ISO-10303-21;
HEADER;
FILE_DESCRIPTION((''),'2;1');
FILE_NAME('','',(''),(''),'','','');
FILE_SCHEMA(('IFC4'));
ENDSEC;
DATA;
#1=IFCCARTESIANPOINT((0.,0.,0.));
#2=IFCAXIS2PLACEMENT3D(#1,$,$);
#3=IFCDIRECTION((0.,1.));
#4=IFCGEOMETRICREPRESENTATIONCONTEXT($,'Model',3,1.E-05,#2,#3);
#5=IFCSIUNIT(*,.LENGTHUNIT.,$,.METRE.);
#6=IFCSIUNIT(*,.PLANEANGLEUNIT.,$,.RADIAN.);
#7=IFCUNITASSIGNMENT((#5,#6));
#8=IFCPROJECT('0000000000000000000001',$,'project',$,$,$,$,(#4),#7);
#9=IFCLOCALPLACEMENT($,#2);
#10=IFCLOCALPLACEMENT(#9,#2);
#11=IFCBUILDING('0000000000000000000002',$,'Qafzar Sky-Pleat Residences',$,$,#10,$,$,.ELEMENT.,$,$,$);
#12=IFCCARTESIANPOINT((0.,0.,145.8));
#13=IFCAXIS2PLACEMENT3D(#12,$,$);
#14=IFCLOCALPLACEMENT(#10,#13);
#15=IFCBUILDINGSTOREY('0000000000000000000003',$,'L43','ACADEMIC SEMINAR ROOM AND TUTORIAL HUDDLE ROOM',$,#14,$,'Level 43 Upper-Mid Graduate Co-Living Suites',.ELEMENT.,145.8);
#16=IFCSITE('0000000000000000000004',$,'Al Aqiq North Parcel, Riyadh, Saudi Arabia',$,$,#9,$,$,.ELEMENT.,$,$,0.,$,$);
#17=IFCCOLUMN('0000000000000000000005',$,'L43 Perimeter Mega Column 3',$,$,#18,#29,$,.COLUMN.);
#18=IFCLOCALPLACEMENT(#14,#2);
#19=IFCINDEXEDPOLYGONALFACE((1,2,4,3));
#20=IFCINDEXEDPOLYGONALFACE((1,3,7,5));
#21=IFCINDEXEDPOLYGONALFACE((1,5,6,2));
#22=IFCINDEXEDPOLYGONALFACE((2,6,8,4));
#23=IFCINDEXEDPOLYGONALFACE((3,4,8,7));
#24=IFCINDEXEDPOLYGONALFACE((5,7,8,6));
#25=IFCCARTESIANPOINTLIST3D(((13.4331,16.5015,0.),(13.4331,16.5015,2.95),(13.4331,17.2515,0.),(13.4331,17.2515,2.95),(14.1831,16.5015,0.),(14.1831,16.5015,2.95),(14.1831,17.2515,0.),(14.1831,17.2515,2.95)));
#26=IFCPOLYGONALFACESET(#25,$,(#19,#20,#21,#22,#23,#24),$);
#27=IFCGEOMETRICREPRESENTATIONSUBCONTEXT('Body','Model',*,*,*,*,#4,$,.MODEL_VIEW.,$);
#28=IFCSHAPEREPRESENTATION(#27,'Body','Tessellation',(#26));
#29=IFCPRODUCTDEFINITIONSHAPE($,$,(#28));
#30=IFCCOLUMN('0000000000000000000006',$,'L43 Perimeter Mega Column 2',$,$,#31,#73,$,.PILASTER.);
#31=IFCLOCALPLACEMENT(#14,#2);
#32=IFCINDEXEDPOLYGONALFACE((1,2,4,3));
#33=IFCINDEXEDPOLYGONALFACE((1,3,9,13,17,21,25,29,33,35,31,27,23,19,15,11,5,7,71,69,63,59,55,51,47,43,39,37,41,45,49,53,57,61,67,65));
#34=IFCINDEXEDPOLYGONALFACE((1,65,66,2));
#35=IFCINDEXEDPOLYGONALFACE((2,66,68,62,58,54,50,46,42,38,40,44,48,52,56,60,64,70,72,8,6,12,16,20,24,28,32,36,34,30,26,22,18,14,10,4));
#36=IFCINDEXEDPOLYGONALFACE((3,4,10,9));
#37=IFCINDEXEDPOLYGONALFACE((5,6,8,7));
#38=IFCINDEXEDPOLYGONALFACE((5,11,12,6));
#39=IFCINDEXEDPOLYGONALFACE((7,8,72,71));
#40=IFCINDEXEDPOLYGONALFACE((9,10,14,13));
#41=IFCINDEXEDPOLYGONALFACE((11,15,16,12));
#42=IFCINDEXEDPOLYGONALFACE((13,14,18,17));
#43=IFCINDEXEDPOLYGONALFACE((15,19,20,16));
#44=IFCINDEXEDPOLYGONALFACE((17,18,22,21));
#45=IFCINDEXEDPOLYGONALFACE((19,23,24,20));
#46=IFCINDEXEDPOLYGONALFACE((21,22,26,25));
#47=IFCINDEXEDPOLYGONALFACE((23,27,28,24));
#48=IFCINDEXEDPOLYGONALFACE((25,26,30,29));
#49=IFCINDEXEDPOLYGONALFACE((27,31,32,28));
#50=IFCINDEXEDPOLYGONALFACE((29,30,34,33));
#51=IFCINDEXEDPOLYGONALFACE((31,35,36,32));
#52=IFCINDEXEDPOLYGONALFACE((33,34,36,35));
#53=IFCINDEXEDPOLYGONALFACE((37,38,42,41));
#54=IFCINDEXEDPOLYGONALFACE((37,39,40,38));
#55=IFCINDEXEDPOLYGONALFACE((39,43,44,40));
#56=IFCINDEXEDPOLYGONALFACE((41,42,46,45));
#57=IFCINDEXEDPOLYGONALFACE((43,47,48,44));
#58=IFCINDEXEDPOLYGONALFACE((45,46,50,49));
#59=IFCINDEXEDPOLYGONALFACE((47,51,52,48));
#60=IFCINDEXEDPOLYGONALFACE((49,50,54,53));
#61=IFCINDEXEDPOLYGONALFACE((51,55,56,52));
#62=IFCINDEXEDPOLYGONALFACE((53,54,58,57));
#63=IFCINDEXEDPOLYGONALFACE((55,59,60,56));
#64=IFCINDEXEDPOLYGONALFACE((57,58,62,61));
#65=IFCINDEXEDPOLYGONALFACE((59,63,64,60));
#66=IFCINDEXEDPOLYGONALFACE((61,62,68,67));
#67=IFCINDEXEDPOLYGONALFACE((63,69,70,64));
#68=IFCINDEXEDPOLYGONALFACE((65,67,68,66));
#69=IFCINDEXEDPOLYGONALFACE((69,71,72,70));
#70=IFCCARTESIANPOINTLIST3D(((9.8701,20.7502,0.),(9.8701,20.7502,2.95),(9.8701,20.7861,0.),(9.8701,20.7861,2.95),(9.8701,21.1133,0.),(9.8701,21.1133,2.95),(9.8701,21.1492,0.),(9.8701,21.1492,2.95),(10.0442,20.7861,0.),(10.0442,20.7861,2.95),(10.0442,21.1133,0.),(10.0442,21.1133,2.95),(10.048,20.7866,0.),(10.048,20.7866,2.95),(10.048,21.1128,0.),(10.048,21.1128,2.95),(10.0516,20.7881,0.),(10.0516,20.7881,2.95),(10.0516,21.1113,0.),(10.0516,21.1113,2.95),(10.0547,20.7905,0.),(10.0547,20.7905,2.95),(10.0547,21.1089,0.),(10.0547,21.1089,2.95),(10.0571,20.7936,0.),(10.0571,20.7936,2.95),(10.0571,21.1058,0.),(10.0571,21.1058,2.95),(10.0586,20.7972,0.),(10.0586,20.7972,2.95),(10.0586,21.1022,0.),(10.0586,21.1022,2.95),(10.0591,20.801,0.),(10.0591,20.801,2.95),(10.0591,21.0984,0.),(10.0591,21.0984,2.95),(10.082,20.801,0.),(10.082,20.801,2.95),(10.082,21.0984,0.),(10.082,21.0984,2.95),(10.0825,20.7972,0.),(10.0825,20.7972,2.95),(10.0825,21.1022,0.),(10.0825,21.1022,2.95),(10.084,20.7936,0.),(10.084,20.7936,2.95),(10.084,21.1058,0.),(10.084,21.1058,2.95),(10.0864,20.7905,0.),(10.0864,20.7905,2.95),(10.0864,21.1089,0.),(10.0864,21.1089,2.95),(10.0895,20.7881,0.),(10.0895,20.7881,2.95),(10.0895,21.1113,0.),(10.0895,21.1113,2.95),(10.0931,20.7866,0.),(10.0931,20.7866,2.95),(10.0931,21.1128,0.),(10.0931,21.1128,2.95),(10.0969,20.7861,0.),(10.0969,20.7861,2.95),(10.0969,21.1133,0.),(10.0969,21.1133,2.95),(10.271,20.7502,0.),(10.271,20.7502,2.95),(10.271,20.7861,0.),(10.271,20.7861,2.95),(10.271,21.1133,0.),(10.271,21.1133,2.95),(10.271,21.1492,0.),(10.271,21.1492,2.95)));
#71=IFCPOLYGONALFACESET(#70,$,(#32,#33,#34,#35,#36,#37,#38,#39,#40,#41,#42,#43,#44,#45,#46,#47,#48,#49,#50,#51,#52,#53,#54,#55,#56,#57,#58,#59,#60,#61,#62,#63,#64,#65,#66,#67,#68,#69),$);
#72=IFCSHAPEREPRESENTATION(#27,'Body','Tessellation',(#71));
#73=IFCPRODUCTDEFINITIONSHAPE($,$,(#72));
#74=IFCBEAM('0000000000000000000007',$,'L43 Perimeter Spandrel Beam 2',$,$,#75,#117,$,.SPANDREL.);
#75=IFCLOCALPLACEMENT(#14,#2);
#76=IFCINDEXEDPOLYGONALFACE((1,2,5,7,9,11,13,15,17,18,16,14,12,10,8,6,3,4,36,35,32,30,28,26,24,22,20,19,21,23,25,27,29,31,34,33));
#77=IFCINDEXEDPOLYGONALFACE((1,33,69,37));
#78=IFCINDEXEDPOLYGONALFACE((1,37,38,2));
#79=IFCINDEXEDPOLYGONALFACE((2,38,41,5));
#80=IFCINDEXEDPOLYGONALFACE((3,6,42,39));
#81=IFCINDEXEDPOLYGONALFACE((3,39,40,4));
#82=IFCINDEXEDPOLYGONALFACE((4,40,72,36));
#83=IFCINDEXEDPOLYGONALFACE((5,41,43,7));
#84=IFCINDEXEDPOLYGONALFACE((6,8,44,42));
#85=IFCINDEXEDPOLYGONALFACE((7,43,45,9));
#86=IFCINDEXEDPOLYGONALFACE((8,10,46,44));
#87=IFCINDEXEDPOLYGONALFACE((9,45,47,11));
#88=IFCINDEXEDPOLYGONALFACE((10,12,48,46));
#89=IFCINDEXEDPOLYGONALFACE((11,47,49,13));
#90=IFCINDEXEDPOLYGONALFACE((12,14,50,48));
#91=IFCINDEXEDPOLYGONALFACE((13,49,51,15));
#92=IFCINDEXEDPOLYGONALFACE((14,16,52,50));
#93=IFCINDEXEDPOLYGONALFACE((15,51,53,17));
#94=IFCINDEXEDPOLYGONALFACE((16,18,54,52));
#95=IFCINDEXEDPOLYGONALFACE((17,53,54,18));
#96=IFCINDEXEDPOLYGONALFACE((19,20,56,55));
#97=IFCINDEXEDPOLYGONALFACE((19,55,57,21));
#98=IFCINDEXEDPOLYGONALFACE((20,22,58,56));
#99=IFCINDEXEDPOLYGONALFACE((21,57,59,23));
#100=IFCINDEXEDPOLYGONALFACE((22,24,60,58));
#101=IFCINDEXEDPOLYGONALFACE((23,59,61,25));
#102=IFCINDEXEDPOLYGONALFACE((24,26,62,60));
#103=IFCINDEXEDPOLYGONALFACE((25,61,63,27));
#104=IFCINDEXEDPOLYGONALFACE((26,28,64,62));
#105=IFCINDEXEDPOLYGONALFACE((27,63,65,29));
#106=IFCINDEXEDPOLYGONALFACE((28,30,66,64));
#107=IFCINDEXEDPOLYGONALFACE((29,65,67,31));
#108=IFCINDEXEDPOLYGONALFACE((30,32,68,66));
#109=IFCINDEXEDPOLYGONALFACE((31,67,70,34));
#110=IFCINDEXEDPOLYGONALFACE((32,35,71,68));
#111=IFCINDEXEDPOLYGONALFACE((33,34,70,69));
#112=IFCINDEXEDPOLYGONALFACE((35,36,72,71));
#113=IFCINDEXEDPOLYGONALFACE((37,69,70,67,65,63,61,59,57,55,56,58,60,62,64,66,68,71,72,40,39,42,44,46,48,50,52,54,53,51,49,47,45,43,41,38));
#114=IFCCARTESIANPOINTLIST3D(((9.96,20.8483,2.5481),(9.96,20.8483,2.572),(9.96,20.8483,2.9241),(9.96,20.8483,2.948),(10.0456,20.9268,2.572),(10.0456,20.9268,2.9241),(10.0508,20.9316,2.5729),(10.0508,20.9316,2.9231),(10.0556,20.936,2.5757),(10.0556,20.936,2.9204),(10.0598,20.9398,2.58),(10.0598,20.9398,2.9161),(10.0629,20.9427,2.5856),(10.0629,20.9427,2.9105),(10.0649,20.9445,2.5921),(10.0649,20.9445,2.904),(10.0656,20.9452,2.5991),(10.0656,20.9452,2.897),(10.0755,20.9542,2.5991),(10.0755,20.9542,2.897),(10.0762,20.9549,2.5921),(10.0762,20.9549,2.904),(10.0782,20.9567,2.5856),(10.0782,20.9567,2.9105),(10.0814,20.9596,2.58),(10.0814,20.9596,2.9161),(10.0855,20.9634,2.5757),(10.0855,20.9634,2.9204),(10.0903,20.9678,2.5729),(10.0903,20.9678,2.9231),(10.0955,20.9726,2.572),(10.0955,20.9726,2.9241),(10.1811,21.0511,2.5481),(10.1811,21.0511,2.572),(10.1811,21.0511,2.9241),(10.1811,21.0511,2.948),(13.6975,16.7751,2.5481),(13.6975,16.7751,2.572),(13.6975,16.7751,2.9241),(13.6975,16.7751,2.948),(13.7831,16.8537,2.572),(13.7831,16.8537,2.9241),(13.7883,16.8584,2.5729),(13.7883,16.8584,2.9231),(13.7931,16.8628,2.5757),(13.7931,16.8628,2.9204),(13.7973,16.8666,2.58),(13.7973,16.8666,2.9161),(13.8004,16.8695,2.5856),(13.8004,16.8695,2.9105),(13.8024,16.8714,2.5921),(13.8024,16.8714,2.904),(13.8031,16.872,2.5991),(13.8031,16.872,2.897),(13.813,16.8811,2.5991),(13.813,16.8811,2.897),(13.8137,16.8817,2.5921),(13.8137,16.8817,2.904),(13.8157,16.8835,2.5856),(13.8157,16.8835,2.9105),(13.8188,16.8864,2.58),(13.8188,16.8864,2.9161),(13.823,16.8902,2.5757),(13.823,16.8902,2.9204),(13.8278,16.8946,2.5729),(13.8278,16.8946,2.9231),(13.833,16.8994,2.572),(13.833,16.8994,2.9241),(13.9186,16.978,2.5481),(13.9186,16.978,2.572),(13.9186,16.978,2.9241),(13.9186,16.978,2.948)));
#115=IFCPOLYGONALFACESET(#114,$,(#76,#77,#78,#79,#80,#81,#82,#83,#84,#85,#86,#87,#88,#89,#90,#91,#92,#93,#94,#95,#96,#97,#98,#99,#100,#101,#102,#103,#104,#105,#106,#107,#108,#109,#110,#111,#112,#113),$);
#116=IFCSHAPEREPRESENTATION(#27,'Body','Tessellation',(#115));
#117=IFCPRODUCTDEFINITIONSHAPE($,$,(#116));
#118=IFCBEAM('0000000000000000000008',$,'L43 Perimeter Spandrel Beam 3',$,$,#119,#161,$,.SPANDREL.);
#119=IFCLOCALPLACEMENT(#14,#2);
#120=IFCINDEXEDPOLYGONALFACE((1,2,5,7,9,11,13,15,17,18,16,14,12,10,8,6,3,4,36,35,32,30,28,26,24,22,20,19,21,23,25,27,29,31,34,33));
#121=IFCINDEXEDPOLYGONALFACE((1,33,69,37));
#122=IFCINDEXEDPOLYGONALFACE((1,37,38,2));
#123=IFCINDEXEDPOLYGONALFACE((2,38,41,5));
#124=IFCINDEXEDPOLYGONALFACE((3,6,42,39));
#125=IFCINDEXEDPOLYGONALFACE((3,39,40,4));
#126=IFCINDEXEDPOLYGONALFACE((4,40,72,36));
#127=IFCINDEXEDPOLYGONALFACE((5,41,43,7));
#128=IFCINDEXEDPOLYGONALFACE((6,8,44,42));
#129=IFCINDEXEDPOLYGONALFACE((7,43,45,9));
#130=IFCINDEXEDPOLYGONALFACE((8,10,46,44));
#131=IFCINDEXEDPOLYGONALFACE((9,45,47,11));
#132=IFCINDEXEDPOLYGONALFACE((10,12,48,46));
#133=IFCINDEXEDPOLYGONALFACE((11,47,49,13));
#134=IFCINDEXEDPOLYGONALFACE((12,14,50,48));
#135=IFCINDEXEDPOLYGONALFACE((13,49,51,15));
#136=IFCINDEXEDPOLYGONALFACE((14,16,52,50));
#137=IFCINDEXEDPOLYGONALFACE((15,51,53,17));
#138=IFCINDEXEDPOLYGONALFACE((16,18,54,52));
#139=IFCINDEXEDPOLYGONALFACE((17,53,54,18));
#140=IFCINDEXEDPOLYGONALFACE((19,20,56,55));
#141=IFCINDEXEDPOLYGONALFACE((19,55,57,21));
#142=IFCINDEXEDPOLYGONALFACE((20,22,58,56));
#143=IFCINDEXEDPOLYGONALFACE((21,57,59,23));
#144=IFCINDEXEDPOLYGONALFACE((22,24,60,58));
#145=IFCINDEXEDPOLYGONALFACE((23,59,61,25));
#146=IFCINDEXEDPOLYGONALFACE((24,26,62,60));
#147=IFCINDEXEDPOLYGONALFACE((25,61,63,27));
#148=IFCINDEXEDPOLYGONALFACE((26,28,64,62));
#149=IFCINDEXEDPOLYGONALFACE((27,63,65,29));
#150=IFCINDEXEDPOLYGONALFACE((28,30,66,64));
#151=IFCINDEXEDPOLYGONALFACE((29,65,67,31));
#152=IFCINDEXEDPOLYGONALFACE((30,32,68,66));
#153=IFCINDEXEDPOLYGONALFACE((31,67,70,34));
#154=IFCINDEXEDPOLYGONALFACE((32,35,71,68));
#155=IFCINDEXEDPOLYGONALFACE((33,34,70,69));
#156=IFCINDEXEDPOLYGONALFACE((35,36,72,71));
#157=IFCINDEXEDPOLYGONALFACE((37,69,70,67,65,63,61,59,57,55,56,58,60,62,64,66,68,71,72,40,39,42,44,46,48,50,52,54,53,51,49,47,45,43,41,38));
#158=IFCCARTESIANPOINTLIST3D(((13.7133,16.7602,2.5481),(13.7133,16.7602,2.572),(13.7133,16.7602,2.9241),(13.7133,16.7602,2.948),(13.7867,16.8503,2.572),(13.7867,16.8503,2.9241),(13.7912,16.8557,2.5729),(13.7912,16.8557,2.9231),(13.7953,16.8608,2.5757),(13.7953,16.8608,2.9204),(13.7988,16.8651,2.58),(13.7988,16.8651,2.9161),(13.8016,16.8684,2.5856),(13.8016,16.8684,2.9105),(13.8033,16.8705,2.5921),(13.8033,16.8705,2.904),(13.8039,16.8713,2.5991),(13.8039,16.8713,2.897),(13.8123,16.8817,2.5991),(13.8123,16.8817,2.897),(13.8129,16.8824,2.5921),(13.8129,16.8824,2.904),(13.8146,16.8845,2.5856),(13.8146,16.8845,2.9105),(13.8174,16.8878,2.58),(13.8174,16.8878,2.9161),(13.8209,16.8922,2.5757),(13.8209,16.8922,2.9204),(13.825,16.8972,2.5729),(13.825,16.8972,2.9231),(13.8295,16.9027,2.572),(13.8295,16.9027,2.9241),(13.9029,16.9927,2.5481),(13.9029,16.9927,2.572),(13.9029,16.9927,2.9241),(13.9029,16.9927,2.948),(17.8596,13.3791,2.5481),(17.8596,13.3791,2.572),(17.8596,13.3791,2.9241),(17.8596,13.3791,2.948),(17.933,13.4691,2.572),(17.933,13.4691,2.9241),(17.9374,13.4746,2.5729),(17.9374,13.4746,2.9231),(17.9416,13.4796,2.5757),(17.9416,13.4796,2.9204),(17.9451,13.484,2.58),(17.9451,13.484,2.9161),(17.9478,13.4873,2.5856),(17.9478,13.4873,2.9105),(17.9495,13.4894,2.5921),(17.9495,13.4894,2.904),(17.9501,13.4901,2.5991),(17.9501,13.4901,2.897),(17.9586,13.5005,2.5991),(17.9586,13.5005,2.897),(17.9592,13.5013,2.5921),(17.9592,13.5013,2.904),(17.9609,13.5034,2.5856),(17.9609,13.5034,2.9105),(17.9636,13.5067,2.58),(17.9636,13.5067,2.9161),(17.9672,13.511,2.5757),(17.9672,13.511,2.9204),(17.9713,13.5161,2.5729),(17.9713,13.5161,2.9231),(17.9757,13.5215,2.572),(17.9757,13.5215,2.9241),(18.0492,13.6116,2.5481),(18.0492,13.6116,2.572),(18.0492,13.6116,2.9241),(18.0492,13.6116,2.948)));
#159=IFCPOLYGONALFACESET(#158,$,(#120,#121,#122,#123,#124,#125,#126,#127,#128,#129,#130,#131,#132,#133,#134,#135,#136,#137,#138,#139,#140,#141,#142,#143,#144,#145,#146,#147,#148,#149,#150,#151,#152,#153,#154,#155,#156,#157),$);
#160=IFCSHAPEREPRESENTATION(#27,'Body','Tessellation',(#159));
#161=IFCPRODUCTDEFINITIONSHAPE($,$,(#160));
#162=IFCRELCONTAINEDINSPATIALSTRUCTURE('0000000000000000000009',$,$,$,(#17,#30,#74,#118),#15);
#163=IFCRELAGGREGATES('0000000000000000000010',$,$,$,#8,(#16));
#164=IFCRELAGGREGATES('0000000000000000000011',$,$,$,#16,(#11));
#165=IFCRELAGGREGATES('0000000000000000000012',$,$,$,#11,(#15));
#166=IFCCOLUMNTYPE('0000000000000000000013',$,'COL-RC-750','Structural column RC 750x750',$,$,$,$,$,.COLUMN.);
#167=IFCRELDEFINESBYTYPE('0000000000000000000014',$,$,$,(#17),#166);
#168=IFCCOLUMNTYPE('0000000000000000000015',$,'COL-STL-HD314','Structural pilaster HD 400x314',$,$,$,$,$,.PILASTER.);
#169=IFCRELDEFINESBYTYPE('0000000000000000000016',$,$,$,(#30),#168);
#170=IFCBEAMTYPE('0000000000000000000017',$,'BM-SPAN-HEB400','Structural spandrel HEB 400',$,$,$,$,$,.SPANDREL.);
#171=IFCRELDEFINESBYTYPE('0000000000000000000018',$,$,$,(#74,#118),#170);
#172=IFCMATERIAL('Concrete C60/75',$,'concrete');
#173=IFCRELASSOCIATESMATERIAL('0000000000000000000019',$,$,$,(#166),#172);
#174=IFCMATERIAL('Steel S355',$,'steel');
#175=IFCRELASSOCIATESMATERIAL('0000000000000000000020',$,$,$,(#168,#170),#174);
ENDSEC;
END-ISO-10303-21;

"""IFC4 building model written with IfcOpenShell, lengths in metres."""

from ifc_helpers import new_model, si_unit, direction, frame, origin, origin_2d, place, context, subcontext, project, spatial, rectangle, i_section, extrude, source, transform, mapped, material, material_profile, profile_set, type_object, element, save


model = new_model("IFC4")

# Units and contexts
model_context = context("Model", 3, precision=1e-05, world=origin(), true_north=direction((0.0, 1.0)))
body_context = subcontext(model_context, "Body", "Model", "MODEL_VIEW")
ifc_project = project(units=[si_unit("LENGTHUNIT", "METRE"), si_unit("PLANEANGLEUNIT", "RADIAN")], contexts=[model_context])

# Site, building, storey
site_placement = place(None, origin())
site = spatial("IfcSite", under=ifc_project, at=site_placement, Name="Al Aqiq North Parcel, Riyadh, Saudi Arabia", CompositionType="ELEMENT", RefElevation=0.0)
building_placement = place(site_placement, origin())
building = spatial("IfcBuilding", under=site, at=building_placement, Name="Qafzar Sky-Pleat Residences", CompositionType="ELEMENT")
storey_placement = place(building_placement, frame((0.0, 0.0, 145.8)))
storey = spatial("IfcBuildingStorey", under=building, at=storey_placement, Name="L43", Description="ACADEMIC SEMINAR ROOM AND TUTORIAL HUDDLE ROOM", LongName="Level 43 Upper-Mid Graduate Co-Living Suites", CompositionType="ELEMENT", Elevation=145.8)

# Columns
ifc_material_1 = material(Name="Concrete C60/75", Category="concrete")
ifc_material_profile_1 = material_profile(ifc_material_1, rectangle(XDim=0.75, YDim=0.75, at=origin_2d()), Name="RC 750x750")
ifc_profile_set_1 = profile_set([ifc_material_profile_1], Name="Concrete C60/75")
column_type_1 = type_object("IfcColumnType", Name="COL-RC-750", Description="Structural column RC 750x750", PredefinedType="COLUMN", material=ifc_profile_set_1)
shared_shape_1 = source(origin(), body_context, "Body", "SweptSolid", [
    extrude(rectangle(XDim=0.75, YDim=0.75, at=origin_2d()), origin(), (0.0, 0.0, 1.0), 2.95),
])
column_1_placement = place(storey_placement, frame((13.8081, 16.8765, 0.0), z_axis=(0.0, 0.0, 1.0), x_axis=(1.0, 0.0, 0.0)))
element("IfcColumn", 1, at=column_1_placement, inside=storey, type_object=column_type_1, Name="L43 Perimeter Mega Column 3", PredefinedType="COLUMN", context=body_context, shape_type="MappedRepresentation", body=[
    mapped(shared_shape_1, transform((0.0, 0.0, 0.0), x_axis=(1.0, 0.0, 0.0), y_axis=(0.0, 1.0, 0.0), z_axis=(0.0, 0.0, 1.0), scale=1.0)),
])
ifc_material_2 = material(Name="Steel S355", Category="steel")
ifc_material_profile_2 = material_profile(ifc_material_2, i_section(OverallWidth=0.4009, OverallDepth=0.3989, WebThickness=0.0229, FlangeThickness=0.0359, FilletRadius=0.0149, at=origin_2d()), Name="HD 400x314")
ifc_profile_set_2 = profile_set([ifc_material_profile_2], Name="Steel S355")
column_type_2 = type_object("IfcColumnType", Name="COL-STL-HD314", Description="Structural pilaster HD 400x314", PredefinedType="PILASTER", material=ifc_profile_set_2)
shared_shape_2 = source(origin(), body_context, "Body", "SweptSolid", [
    extrude(i_section(OverallWidth=0.4009, OverallDepth=0.3989, WebThickness=0.0229, FlangeThickness=0.0359, FilletRadius=0.0149, at=origin_2d()), origin(), (0.0, 0.0, 1.0), 2.95),
])
column_2_placement = place(storey_placement, frame((10.0706, 20.9497, 0.0), z_axis=(0.0, 0.0, 1.0), x_axis=(1.0, 0.0, 0.0)))
element("IfcColumn", 2, at=column_2_placement, inside=storey, type_object=column_type_2, Name="L43 Perimeter Mega Column 2", PredefinedType="PILASTER", context=body_context, shape_type="MappedRepresentation", body=[
    mapped(shared_shape_2, transform((0.0, 0.0, 0.0), x_axis=(1.0, 0.0, 0.0), y_axis=(0.0, 1.0, 0.0), z_axis=(0.0, 0.0, 1.0), scale=1.0)),
])

# Beams
ifc_material_profile_3 = material_profile(ifc_material_2, i_section(OverallWidth=0.3, OverallDepth=0.3999, WebThickness=0.0134, FlangeThickness=0.0239, FilletRadius=0.0271, at=origin_2d()), Name="HEB 400")
ifc_profile_set_3 = profile_set([ifc_material_profile_3], Name="Steel S355")
beam_type_1 = type_object("IfcBeamType", Name="BM-SPAN-HEB400", Description="Structural spandrel HEB 400", PredefinedType="SPANDREL", material=ifc_profile_set_3)
shared_shape_3 = source(origin(), body_context, "Body", "SweptSolid", [
    extrude(i_section(OverallWidth=0.3, OverallDepth=0.3999, WebThickness=0.0134, FlangeThickness=0.0239, FilletRadius=0.0271, at=origin_2d()), origin(), (0.0, 0.0, 1.0), 5.5281),
])
beam_1_placement = place(storey_placement, frame((10.0706, 20.9497, 2.748), z_axis=(0.676093, -0.736817, 0.0), x_axis=(0.736817, 0.676093, 0.0)))
element("IfcBeam", 3, at=beam_1_placement, inside=storey, type_object=beam_type_1, Name="L43 Perimeter Spandrel Beam 2", PredefinedType="SPANDREL", context=body_context, shape_type="MappedRepresentation", body=[
    mapped(shared_shape_3, transform((0.0, 0.0, 0.0), x_axis=(1.0, 0.0, 0.0), y_axis=(0.0, 1.0, 0.0), z_axis=(0.0, 0.0, 1.0), scale=1.0)),
])
shared_shape_4 = source(origin(), body_context, "Body", "SweptSolid", [
    extrude(i_section(OverallWidth=0.3, OverallDepth=0.3999, WebThickness=0.0134, FlangeThickness=0.0239, FilletRadius=0.0271, at=origin_2d()), origin(), (0.0, 0.0, 1.0), 5.3501),
])
beam_2_placement = place(storey_placement, frame((13.8081, 16.8765, 2.748), z_axis=(0.774989, -0.631975, 0.0), x_axis=(0.631975, 0.774989, 0.0)))
element("IfcBeam", 4, at=beam_2_placement, inside=storey, type_object=beam_type_1, Name="L43 Perimeter Spandrel Beam 3", PredefinedType="SPANDREL", context=body_context, shape_type="MappedRepresentation", body=[
    mapped(shared_shape_4, transform((0.0, 0.0, 0.0), x_axis=(1.0, 0.0, 0.0), y_axis=(0.0, 1.0, 0.0), z_axis=(0.0, 0.0, 1.0), scale=1.0)),
])

save(model, "model.ifc")
